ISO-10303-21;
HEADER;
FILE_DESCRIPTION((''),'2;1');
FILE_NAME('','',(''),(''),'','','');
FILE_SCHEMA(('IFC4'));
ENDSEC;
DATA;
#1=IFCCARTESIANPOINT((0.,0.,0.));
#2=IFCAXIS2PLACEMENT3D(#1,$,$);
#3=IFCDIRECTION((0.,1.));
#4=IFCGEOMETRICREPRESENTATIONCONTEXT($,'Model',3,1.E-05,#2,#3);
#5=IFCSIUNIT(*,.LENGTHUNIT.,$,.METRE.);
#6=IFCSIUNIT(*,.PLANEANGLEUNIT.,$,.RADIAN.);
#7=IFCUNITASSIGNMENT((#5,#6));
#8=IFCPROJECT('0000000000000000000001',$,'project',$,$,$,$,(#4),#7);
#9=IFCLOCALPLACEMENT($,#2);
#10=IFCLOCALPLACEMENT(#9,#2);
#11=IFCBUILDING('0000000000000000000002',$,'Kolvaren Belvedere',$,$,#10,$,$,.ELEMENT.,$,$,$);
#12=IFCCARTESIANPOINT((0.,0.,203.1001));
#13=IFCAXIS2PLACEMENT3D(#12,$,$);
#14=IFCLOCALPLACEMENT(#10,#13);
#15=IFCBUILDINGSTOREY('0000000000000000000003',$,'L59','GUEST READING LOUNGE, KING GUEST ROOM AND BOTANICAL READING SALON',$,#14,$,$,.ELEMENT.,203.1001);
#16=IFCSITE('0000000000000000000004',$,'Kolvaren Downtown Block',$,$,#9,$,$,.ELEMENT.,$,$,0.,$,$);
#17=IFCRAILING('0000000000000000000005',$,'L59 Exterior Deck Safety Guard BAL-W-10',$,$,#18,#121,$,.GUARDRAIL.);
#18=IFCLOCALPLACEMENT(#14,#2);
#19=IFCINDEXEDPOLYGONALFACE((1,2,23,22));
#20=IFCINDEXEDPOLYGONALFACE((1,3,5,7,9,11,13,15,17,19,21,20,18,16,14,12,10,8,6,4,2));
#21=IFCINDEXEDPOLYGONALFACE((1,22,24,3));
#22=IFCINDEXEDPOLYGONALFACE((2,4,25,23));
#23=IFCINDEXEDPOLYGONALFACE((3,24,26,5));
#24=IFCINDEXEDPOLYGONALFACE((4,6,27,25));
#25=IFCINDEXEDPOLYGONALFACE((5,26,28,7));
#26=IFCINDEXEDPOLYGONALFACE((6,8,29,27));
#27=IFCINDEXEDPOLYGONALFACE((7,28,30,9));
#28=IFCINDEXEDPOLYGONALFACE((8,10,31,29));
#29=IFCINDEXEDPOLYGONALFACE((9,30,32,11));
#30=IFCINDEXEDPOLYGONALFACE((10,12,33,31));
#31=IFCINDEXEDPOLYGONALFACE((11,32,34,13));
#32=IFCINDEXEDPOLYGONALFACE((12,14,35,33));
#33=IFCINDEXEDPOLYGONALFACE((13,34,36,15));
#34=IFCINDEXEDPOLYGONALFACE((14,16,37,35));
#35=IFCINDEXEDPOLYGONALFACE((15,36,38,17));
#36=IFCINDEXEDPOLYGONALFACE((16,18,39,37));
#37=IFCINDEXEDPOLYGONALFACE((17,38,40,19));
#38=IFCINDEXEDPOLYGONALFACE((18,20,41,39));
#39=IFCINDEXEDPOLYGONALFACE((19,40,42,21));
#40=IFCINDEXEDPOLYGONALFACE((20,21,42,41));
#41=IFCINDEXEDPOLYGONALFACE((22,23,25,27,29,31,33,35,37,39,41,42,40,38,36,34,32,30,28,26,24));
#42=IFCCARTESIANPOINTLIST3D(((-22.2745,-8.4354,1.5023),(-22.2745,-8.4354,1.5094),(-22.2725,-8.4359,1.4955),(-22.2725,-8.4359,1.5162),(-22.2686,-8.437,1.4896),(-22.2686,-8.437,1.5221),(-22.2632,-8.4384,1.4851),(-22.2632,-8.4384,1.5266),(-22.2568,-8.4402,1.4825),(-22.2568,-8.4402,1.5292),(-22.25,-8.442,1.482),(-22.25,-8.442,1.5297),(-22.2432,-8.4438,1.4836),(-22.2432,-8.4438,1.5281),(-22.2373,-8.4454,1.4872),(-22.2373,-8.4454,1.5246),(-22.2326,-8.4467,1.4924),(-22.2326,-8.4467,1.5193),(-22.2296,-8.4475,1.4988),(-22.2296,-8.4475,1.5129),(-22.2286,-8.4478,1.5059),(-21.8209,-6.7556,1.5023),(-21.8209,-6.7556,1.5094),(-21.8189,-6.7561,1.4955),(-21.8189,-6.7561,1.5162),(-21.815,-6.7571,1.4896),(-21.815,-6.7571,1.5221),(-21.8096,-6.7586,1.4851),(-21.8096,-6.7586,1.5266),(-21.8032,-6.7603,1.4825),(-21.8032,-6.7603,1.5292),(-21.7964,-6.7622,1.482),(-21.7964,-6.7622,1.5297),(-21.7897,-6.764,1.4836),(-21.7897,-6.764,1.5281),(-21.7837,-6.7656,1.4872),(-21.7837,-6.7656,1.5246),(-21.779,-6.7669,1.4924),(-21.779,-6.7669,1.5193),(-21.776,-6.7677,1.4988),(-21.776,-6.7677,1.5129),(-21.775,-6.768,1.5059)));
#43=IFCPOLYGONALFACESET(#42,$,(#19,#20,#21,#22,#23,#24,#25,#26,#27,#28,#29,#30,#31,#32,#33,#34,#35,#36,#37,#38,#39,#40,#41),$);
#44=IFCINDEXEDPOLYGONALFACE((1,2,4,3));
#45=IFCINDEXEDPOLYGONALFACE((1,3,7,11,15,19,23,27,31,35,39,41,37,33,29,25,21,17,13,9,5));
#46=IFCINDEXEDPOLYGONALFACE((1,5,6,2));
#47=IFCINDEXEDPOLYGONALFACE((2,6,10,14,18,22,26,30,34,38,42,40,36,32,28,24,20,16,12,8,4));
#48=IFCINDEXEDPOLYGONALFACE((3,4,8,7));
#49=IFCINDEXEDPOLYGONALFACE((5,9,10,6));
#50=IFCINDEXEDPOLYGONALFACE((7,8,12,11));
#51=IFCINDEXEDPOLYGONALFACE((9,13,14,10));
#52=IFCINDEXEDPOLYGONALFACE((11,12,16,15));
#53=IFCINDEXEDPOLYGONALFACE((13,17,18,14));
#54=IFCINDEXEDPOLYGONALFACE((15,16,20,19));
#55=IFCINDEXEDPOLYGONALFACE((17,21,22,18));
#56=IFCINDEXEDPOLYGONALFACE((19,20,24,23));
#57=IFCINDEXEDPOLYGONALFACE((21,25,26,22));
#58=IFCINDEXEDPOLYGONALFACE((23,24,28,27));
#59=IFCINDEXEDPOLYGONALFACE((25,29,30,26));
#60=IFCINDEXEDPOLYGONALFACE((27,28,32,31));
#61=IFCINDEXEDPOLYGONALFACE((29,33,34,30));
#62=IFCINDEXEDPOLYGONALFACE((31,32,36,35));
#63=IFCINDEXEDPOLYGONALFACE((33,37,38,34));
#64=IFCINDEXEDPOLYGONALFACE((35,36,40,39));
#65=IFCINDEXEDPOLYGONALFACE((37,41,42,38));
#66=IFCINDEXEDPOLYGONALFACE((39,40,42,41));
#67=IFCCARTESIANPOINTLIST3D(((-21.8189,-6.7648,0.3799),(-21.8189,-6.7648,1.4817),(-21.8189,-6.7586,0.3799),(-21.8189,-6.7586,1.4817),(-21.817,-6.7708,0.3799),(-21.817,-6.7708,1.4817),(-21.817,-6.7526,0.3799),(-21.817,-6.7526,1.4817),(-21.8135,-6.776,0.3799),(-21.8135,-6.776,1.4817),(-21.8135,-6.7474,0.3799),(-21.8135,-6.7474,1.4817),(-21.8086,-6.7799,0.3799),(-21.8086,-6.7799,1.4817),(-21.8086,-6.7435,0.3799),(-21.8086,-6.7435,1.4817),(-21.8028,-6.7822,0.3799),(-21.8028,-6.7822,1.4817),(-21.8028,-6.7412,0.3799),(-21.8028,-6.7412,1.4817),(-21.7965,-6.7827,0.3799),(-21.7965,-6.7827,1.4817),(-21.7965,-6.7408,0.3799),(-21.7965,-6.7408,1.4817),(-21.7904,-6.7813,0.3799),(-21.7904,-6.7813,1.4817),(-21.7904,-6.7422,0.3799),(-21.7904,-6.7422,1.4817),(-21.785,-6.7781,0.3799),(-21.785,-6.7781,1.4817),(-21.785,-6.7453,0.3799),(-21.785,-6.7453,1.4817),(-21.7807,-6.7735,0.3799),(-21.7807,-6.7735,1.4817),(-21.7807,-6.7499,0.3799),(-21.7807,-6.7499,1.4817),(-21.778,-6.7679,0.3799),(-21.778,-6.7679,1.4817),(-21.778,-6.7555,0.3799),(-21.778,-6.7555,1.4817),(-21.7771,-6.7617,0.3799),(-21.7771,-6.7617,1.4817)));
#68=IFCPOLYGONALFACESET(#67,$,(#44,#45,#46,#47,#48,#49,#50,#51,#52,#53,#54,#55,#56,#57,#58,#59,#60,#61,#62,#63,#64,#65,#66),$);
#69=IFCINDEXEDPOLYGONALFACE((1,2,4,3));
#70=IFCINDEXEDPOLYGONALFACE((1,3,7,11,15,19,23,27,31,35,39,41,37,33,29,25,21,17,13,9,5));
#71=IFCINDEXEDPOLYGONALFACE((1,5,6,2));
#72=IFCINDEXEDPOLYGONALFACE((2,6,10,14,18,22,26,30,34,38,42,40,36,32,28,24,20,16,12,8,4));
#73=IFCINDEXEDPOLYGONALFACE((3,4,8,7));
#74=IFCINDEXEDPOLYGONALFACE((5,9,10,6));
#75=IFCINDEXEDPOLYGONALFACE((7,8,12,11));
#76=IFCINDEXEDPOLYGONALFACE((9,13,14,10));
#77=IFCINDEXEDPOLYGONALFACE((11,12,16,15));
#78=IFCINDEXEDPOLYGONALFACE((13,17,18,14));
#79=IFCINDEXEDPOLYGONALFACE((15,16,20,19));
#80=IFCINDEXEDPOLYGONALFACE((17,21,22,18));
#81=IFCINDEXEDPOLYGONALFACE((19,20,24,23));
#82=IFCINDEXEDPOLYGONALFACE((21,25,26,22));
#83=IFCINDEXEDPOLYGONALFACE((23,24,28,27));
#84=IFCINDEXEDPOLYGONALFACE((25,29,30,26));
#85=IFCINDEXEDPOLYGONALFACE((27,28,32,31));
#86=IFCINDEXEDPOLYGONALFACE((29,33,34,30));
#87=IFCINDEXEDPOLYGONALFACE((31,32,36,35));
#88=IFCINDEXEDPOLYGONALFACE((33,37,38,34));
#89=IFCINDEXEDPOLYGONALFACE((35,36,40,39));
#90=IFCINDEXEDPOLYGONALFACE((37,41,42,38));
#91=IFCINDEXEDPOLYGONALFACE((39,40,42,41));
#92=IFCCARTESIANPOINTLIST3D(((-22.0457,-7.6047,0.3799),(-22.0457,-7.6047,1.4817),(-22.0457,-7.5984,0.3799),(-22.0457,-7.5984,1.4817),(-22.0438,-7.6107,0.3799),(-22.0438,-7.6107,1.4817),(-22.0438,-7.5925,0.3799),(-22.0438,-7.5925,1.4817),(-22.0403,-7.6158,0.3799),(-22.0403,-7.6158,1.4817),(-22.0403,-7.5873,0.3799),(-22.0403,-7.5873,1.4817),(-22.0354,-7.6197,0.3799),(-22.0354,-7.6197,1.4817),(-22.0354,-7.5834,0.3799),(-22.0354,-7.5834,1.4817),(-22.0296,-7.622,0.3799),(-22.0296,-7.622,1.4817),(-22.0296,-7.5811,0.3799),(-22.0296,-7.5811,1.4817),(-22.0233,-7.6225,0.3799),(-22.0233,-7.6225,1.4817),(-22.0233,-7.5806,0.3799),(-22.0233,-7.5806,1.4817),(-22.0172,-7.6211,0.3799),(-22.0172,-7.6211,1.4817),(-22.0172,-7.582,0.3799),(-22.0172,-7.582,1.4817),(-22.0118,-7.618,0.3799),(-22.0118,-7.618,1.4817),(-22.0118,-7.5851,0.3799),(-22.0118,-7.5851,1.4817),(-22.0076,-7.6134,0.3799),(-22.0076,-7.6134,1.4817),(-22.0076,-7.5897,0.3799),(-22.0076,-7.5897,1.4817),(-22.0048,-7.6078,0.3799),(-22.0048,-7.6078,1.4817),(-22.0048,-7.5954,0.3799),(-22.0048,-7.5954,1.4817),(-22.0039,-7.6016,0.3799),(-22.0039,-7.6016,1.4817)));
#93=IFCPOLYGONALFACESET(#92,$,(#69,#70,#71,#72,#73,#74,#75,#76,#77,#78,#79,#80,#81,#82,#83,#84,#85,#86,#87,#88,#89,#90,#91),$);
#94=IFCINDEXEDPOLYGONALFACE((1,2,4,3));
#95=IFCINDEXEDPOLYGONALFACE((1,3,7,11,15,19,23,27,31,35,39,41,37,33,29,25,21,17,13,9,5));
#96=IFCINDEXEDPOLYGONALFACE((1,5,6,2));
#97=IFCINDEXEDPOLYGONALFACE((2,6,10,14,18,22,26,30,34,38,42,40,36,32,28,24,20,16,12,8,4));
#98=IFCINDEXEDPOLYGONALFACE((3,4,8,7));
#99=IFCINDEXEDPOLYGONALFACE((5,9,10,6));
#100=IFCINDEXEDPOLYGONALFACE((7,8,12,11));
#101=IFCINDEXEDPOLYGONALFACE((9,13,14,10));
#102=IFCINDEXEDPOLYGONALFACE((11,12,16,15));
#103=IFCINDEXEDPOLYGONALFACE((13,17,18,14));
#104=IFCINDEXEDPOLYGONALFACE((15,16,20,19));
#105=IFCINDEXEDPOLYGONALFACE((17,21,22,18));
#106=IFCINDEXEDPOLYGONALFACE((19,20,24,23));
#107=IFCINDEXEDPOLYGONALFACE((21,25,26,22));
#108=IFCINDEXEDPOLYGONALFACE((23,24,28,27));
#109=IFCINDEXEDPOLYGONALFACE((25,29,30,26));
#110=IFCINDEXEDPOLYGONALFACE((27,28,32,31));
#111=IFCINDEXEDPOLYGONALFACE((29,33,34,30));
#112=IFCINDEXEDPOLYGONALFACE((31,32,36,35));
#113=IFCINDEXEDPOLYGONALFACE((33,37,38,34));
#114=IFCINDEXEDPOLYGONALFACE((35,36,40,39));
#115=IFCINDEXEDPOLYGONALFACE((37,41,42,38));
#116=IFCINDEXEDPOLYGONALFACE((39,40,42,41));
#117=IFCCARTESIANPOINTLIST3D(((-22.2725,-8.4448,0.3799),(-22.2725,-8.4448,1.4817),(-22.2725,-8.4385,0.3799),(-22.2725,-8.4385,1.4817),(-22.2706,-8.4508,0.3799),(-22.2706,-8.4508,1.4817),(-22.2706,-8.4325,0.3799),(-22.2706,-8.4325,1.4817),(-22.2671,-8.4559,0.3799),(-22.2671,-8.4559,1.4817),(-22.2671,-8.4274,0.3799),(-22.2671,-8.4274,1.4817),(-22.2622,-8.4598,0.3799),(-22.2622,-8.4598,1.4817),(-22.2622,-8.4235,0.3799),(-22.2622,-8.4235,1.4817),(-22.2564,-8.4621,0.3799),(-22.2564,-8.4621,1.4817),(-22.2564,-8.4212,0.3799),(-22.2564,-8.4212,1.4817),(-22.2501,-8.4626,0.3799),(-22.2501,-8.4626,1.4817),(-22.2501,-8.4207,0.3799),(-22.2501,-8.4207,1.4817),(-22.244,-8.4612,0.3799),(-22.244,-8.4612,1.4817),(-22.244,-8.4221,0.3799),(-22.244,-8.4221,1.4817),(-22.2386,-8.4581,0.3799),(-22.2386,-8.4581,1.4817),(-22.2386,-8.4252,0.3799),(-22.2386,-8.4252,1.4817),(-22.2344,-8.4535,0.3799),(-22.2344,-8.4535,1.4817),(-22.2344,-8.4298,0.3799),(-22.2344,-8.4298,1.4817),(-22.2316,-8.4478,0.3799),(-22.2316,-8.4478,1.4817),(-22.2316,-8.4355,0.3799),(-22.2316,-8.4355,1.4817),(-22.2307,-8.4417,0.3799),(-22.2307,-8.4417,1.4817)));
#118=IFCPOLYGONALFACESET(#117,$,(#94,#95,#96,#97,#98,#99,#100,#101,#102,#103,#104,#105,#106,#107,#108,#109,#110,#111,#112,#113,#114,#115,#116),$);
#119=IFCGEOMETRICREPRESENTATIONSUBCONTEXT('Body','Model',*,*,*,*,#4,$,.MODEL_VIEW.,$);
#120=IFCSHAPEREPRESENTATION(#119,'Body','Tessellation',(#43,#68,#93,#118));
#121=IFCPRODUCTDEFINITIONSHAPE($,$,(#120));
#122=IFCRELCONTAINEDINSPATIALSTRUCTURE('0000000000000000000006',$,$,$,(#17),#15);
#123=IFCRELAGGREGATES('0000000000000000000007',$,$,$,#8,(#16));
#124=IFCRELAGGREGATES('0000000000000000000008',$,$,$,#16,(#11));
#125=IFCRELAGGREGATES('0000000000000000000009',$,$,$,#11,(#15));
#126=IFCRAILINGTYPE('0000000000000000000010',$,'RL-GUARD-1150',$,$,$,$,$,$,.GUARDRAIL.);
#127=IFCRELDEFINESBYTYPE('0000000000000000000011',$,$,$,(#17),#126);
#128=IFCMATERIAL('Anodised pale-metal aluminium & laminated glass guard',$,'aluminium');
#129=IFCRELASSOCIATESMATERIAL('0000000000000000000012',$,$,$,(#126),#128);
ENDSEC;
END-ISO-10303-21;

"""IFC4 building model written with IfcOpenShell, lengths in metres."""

from ifc_helpers import new_model, si_unit, direction, frame, origin, origin_2d, place, context, subcontext, project, spatial, circle, extrude, material, type_object, element, save


model = new_model("IFC4")

# Units and contexts
model_context = context("Model", 3, precision=1e-05, world=origin(), true_north=direction((0.0, 1.0)))
body_context = subcontext(model_context, "Body", "Model", "MODEL_VIEW")
ifc_project = project(units=[si_unit("LENGTHUNIT", "METRE"), si_unit("PLANEANGLEUNIT", "RADIAN")], contexts=[model_context])

# Site, building, storey
site_placement = place(None, origin())
site = spatial("IfcSite", under=ifc_project, at=site_placement, Name="Kolvaren Downtown Block", CompositionType="ELEMENT", RefElevation=0.0)
building_placement = place(site_placement, origin())
building = spatial("IfcBuilding", under=site, at=building_placement, Name="Kolvaren Belvedere", CompositionType="ELEMENT")
storey_placement = place(building_placement, frame((0.0, 0.0, 203.1001)))
storey = spatial("IfcBuildingStorey", under=building, at=storey_placement, Name="L59", Description="GUEST READING LOUNGE, KING GUEST ROOM AND BOTANICAL READING SALON", CompositionType="ELEMENT", Elevation=203.1001)

# Railing
ifc_material_1 = material(Name="Anodised pale-metal aluminium & laminated glass guard", Category="aluminium")
railing_type = type_object("IfcRailingType", Name="RL-GUARD-1150", PredefinedType="GUARDRAIL", material=ifc_material_1)
railing_1_placement = place(storey_placement, frame((-21.7981, -6.7617, 0.3799)))
element("IfcRailing", 1, at=railing_1_placement, inside=storey, type_object=railing_type, Name="L59 Exterior Deck Safety Guard BAL-W-10", PredefinedType="GUARDRAIL", context=body_context, shape_type="SweptSolid", body=[
    extrude(circle(Radius=0.0239, at=origin_2d()), frame((0.0, 0.0, 1.126), z_axis=(-0.260683, -0.965424, 0.0), x_axis=(0.965424, -0.260683, 0.0)), (0.0, 0.0, 1.0), 1.74),
    extrude(circle(Radius=0.021, at=origin_2d()), origin(), (0.0, 0.0, 1.0), 1.1018),
    extrude(circle(Radius=0.021, at=origin_2d()), frame((-0.2268, -0.8398, 0.0)), (0.0, 0.0, 1.0), 1.1018),
    extrude(circle(Radius=0.021, at=origin_2d()), frame((-0.4536, -1.6799, 0.0)), (0.0, 0.0, 1.0), 1.1018),
])

save(model, "model.ifc")
